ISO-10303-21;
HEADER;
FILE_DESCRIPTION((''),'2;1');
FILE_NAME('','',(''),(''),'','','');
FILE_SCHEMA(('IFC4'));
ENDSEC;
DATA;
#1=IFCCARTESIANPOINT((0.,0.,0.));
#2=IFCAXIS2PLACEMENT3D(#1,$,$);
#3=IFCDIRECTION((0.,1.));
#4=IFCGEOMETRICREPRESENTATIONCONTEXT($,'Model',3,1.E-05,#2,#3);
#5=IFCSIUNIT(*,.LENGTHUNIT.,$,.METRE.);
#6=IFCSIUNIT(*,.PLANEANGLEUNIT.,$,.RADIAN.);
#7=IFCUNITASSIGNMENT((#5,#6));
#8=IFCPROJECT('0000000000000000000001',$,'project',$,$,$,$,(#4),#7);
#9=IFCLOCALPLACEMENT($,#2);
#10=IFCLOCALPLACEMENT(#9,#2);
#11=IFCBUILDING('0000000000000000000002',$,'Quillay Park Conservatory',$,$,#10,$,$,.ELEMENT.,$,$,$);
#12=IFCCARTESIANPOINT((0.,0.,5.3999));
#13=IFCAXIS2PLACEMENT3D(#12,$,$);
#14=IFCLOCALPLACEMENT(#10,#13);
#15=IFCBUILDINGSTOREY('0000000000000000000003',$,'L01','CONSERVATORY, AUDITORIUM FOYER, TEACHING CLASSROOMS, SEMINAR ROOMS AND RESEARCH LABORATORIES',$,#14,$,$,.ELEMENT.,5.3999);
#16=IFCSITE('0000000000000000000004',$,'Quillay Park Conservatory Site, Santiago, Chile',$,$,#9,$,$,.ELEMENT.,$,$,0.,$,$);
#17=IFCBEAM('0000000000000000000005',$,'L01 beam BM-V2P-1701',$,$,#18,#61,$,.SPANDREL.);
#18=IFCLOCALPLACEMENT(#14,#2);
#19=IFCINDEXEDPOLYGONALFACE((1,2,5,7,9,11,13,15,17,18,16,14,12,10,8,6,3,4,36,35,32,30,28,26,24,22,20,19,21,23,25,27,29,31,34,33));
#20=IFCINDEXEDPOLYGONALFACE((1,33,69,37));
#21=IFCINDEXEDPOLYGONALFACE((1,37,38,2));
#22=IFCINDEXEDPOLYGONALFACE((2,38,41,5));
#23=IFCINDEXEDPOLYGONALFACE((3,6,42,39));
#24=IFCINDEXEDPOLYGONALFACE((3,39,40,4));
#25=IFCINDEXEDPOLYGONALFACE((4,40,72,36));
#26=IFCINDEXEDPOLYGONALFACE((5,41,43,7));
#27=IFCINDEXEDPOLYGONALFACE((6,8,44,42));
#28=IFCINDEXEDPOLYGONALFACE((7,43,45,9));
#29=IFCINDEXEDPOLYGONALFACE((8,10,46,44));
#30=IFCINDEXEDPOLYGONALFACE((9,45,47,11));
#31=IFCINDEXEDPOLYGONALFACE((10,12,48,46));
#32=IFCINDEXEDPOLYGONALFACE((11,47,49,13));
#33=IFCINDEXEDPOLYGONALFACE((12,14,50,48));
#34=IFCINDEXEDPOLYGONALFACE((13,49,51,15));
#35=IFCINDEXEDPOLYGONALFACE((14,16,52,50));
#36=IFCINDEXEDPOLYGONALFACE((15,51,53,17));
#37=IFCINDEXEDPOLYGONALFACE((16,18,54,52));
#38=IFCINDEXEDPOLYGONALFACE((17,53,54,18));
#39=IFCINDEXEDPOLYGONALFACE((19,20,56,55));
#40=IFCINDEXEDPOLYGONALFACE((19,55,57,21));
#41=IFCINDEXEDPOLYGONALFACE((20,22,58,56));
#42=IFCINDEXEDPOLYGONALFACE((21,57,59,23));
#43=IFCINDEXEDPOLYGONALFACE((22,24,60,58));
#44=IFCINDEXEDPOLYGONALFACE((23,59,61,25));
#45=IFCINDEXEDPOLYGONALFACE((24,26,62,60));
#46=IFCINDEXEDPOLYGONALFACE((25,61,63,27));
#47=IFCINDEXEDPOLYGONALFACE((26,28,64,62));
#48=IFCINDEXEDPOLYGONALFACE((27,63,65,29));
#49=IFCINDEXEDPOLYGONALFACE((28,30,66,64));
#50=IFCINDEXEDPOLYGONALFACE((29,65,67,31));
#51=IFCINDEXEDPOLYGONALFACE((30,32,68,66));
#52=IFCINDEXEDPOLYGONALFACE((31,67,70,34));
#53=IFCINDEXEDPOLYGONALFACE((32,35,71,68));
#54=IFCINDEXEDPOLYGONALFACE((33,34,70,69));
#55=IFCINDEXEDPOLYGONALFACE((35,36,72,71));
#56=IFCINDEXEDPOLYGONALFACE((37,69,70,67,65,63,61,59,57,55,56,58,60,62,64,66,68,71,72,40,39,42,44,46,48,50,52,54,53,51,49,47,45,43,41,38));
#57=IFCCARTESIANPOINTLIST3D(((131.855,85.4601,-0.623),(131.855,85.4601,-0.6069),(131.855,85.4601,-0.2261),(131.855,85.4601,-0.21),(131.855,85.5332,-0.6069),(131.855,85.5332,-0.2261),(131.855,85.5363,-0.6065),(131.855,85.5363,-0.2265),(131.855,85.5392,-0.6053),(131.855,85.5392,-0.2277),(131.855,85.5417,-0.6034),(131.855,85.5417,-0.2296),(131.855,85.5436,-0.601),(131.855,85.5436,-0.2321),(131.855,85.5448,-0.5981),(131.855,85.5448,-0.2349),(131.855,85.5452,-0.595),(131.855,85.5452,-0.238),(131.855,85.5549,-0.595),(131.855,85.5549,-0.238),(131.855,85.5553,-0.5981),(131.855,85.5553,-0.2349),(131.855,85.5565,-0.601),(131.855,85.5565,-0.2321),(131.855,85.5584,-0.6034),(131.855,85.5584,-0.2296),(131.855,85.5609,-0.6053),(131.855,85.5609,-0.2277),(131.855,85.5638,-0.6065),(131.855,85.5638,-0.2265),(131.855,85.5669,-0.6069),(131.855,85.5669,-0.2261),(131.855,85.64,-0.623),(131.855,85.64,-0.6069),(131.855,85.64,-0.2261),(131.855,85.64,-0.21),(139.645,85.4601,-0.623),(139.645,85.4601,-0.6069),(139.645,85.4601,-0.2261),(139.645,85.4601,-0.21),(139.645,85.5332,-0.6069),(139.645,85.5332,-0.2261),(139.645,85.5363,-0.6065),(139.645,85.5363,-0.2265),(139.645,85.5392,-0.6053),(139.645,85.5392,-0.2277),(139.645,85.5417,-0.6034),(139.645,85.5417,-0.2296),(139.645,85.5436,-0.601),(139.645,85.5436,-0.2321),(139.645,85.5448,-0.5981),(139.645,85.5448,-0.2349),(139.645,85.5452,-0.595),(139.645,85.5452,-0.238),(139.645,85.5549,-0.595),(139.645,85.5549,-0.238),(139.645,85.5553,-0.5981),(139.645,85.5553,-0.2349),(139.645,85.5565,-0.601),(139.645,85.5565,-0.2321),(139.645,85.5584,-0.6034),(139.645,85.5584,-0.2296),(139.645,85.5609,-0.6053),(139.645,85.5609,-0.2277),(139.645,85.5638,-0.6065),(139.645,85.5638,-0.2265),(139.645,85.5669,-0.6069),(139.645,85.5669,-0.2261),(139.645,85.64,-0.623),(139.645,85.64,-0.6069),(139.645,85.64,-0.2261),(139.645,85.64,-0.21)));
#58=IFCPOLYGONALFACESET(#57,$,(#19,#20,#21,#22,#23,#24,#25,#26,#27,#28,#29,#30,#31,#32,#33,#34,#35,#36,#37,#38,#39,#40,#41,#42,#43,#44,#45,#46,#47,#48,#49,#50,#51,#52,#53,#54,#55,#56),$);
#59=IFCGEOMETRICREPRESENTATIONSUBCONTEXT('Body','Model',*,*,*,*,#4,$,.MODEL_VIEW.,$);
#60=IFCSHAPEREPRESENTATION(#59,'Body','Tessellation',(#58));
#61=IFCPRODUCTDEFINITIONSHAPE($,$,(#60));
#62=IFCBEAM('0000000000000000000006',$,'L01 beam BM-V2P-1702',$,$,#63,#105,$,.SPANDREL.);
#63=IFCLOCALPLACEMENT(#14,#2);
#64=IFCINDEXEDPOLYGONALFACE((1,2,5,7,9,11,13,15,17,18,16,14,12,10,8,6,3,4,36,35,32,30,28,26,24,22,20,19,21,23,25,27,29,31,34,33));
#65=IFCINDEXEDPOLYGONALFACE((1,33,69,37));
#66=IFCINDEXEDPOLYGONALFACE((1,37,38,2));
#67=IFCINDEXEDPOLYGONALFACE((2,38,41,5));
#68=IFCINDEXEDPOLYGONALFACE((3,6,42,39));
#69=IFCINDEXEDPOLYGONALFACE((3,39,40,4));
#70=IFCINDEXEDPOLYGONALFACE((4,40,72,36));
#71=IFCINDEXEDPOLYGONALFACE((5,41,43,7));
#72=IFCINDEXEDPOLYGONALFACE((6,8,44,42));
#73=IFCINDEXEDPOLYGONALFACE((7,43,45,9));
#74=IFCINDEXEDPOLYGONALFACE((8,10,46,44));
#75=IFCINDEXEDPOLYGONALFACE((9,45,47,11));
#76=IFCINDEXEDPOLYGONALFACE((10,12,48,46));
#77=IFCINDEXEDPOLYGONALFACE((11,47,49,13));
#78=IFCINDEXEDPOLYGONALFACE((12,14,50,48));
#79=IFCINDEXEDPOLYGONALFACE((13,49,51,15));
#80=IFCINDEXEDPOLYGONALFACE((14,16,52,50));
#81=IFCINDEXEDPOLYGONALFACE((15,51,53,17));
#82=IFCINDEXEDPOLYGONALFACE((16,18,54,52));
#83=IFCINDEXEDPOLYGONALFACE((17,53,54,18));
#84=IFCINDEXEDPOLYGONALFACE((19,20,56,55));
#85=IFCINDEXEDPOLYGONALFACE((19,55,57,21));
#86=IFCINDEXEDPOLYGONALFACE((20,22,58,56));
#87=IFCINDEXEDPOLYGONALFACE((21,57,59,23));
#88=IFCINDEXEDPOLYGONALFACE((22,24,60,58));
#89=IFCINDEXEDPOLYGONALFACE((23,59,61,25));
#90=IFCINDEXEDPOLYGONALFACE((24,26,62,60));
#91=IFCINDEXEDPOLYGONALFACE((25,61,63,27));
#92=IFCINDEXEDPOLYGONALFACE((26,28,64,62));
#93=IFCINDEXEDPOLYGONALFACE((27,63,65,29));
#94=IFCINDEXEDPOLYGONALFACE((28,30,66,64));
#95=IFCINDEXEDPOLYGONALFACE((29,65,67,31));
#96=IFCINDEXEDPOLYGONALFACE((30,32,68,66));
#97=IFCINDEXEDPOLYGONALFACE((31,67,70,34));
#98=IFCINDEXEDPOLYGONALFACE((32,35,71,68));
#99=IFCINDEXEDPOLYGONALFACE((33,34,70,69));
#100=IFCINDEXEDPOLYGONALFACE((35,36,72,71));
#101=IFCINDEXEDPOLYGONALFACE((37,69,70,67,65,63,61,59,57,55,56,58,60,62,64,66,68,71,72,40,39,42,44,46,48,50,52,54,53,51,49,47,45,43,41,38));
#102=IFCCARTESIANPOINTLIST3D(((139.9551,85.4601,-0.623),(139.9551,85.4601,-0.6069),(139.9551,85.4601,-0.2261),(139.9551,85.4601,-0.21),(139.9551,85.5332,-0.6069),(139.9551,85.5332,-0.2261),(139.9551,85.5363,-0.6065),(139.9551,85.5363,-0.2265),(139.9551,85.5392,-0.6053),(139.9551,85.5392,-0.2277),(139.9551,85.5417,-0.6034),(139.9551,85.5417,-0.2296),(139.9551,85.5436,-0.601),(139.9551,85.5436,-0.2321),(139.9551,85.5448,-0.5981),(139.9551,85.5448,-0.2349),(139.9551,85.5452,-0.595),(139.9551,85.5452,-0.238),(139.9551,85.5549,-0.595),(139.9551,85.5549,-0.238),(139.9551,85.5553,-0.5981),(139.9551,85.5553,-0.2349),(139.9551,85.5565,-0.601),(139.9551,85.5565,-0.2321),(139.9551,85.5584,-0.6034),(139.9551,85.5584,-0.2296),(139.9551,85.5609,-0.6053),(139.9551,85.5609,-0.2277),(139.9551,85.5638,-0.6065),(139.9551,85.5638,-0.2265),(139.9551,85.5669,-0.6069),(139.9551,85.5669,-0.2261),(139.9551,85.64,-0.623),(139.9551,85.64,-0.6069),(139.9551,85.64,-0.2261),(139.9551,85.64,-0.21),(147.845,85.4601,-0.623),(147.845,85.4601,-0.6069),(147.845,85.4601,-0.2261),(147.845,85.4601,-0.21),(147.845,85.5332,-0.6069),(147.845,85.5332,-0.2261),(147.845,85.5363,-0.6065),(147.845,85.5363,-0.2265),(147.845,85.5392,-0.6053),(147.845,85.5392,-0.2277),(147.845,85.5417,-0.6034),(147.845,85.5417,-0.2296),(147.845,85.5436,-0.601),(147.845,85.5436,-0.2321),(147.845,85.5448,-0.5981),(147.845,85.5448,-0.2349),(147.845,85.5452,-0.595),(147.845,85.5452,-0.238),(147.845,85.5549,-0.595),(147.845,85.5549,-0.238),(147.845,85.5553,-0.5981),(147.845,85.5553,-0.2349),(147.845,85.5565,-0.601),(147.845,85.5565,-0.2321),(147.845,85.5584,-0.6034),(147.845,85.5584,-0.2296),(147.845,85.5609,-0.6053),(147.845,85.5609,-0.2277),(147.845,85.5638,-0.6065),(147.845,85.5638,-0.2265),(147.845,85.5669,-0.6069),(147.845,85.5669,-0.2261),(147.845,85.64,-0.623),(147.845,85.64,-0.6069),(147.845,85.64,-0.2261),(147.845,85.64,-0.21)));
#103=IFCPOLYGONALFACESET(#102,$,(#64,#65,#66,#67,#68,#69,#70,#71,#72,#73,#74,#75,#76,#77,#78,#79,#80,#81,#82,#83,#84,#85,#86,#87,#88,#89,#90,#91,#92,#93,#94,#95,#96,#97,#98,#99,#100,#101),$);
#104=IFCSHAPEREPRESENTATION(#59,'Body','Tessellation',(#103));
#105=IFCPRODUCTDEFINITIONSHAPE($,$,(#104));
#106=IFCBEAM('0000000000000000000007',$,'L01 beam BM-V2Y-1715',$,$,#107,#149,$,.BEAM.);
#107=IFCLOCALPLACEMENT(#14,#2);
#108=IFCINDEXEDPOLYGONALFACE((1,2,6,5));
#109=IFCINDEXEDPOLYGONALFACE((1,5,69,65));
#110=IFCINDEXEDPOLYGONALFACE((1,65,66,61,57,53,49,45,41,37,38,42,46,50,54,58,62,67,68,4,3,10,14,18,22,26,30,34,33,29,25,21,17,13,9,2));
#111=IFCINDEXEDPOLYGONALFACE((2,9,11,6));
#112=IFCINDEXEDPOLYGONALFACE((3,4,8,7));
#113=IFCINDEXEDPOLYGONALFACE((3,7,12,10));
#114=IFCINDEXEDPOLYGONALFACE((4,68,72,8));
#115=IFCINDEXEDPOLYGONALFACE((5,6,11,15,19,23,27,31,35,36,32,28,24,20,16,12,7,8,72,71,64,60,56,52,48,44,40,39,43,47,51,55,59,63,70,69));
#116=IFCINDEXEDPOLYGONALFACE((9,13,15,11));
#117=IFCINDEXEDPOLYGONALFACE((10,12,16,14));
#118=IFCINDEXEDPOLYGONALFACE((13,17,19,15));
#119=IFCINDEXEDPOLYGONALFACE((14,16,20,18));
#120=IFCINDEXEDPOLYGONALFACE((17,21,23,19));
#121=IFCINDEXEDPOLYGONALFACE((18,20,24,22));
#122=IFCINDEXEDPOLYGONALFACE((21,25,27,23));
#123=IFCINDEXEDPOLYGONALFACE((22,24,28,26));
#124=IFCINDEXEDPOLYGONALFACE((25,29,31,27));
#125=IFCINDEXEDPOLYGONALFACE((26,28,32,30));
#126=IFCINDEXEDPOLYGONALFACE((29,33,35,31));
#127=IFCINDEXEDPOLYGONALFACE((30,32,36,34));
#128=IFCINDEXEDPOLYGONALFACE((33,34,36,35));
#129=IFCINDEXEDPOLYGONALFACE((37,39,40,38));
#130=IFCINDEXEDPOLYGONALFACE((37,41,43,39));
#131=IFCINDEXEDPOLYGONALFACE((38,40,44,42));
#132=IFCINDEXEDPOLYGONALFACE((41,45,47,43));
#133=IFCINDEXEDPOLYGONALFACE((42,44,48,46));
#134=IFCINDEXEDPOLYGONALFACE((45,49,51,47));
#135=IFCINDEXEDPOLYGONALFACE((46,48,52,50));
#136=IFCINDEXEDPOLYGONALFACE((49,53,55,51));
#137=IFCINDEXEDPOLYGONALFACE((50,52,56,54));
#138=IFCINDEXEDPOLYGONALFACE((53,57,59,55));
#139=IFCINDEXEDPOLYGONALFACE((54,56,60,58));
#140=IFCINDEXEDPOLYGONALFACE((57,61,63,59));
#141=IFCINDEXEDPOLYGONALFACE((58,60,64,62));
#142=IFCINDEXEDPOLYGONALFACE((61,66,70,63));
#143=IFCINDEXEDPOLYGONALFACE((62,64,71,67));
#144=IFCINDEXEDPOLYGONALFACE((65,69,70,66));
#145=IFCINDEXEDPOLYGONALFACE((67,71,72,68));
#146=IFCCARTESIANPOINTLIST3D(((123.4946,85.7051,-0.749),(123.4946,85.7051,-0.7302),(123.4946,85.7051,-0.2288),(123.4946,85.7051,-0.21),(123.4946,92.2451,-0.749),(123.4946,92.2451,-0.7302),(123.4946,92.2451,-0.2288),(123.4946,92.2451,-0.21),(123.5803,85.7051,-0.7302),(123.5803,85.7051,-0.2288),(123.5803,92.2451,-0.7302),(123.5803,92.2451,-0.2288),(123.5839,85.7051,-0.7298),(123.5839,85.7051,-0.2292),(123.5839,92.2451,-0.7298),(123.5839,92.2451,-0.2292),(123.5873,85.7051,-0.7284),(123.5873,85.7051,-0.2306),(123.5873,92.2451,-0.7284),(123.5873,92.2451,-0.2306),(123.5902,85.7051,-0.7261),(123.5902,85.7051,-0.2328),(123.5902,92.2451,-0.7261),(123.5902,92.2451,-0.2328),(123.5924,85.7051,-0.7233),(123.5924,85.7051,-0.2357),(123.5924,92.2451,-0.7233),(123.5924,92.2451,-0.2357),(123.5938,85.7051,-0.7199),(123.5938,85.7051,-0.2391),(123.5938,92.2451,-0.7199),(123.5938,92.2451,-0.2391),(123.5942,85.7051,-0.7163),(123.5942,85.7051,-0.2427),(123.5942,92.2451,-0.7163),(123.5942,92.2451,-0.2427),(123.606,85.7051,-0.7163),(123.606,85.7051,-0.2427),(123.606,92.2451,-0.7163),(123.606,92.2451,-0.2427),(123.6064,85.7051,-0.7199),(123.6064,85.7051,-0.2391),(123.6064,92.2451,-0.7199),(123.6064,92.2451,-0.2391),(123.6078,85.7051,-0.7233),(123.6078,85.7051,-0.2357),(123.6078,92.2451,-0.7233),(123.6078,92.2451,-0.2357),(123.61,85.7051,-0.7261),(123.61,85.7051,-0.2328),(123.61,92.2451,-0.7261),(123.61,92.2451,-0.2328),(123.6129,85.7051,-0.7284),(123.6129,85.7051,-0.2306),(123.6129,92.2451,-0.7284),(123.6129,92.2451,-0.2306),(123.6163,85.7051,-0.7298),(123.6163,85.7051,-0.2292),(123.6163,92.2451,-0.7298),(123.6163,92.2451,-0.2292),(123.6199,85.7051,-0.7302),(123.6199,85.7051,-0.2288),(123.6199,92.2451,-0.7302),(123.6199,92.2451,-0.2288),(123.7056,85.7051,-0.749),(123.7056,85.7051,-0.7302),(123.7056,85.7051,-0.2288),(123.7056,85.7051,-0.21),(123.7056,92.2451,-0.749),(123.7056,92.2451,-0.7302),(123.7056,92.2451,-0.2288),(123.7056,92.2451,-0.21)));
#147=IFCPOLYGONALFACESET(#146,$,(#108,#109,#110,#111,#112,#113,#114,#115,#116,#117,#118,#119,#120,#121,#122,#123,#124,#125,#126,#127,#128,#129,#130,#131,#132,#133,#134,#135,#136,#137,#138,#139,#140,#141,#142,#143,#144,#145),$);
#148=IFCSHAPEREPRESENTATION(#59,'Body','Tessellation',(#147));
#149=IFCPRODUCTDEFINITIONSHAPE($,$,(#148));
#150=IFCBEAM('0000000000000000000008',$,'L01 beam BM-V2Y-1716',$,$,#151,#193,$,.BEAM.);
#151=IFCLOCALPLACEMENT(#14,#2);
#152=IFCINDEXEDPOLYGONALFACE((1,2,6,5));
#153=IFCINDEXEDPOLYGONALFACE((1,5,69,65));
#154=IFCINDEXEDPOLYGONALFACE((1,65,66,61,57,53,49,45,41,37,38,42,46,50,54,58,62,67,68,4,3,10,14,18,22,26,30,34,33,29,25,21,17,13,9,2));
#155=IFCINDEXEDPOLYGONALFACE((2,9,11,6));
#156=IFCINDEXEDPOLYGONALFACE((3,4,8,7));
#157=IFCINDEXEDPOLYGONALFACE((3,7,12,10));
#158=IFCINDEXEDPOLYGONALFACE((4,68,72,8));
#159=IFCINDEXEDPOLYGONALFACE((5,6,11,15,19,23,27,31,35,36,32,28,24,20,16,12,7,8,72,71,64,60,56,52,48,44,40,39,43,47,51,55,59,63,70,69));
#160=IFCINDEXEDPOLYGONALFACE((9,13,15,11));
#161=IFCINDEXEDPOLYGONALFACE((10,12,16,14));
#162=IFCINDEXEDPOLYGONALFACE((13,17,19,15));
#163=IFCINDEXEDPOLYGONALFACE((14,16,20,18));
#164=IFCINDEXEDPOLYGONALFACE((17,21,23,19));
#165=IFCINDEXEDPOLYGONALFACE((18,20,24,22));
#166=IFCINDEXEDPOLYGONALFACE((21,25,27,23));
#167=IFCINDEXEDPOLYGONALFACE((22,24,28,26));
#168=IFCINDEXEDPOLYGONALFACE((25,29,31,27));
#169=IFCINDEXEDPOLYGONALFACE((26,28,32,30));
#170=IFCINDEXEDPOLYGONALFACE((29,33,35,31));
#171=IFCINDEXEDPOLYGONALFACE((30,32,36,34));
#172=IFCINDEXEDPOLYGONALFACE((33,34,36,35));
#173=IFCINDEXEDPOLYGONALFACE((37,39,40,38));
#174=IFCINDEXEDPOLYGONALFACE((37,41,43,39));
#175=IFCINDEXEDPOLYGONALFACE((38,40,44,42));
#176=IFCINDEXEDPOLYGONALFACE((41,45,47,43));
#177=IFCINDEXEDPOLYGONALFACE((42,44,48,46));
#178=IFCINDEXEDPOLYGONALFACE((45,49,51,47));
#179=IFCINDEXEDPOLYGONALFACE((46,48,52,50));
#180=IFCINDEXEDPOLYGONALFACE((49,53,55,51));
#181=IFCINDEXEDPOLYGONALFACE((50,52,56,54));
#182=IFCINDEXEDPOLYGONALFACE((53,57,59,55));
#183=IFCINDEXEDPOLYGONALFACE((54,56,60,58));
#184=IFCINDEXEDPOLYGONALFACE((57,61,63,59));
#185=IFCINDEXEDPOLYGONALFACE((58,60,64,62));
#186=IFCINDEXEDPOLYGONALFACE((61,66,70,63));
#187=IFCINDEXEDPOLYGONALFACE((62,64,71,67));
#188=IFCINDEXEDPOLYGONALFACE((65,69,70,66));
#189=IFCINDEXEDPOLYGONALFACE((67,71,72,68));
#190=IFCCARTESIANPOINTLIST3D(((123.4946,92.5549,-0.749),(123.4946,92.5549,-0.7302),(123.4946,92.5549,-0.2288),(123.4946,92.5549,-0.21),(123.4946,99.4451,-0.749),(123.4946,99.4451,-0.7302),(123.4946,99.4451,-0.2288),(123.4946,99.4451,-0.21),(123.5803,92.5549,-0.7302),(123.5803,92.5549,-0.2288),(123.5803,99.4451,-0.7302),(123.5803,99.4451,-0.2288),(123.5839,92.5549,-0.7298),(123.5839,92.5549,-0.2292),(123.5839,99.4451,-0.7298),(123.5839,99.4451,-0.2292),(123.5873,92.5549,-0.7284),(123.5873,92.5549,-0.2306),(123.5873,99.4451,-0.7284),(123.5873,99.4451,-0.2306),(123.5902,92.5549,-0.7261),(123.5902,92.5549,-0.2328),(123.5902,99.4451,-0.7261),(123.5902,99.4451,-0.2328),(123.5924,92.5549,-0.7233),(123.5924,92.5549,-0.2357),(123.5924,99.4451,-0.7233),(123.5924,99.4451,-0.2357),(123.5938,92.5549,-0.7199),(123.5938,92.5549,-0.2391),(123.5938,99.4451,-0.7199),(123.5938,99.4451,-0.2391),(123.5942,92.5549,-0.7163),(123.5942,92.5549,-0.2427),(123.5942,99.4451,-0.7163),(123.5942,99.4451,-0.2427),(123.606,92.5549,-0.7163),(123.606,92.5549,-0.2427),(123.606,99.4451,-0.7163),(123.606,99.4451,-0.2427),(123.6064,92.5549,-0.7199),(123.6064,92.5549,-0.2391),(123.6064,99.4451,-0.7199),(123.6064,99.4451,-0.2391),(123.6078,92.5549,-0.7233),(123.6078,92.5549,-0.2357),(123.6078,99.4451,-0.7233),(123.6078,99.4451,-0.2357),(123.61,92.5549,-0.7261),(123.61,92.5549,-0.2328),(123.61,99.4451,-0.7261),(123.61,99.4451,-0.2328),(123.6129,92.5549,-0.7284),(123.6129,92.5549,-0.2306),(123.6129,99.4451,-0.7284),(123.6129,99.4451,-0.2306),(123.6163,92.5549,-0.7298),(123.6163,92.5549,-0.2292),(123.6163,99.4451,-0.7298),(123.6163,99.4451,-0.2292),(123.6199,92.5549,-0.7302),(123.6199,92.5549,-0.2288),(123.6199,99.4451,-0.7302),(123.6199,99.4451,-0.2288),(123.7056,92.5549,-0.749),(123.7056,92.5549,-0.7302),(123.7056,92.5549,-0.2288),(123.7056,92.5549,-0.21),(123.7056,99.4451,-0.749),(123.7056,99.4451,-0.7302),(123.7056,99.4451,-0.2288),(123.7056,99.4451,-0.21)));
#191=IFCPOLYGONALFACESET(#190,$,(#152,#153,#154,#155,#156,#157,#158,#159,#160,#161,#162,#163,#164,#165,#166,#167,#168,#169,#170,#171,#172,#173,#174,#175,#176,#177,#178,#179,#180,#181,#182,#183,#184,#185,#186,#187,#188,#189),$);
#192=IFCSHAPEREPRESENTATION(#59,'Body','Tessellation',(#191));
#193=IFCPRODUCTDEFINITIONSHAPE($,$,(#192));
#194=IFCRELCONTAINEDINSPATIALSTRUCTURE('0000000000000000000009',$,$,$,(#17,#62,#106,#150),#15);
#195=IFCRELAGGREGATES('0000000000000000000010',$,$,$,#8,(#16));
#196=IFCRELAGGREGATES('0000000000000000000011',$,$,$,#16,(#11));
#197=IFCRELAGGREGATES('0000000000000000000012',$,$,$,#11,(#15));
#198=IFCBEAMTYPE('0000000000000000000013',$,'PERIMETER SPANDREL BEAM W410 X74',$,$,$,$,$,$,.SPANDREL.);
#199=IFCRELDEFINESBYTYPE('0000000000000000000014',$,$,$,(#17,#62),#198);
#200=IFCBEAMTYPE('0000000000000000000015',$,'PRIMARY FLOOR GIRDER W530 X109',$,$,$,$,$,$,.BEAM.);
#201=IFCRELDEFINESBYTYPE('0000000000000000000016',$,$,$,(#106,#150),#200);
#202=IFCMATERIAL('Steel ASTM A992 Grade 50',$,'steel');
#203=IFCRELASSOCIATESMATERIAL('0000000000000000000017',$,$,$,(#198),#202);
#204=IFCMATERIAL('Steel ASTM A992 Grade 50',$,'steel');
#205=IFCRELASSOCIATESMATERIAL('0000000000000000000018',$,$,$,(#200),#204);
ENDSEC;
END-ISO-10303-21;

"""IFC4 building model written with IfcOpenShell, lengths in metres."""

from ifc_helpers import new_model, si_unit, direction, frame, origin, origin_2d, place, context, subcontext, project, spatial, i_section, extrude, material, material_profile, profile_set, type_object, element, save


model = new_model("IFC4")

# Units and contexts
model_context = context("Model", 3, precision=1e-05, world=origin(), true_north=direction((0.0, 1.0)))
body_context = subcontext(model_context, "Body", "Model", "MODEL_VIEW")
ifc_project = project(units=[si_unit("LENGTHUNIT", "METRE"), si_unit("PLANEANGLEUNIT", "RADIAN")], contexts=[model_context])

# Site, building, storey
site_placement = place(None, origin())
site = spatial("IfcSite", under=ifc_project, at=site_placement, Name="Quillay Park Conservatory Site, Santiago, Chile", CompositionType="ELEMENT", RefElevation=0.0)
building_placement = place(site_placement, origin())
building = spatial("IfcBuilding", under=site, at=building_placement, Name="Quillay Park Conservatory", CompositionType="ELEMENT")
storey_placement = place(building_placement, frame((0.0, 0.0, 5.3999)))
storey = spatial("IfcBuildingStorey", under=building, at=storey_placement, Name="L01", Description="CONSERVATORY, AUDITORIUM FOYER, TEACHING CLASSROOMS, SEMINAR ROOMS AND RESEARCH LABORATORIES", CompositionType="ELEMENT", Elevation=5.3999)

# Beams
ifc_material_1 = material(Name="Steel ASTM A992 Grade 50", Category="steel")
ifc_material_profile_1 = material_profile(ifc_material_1, i_section(OverallWidth=0.1799, OverallDepth=0.4131, WebThickness=0.0098, FlangeThickness=0.0161, FilletRadius=0.012, at=origin_2d()), Name="W410x74")
ifc_profile_set_1 = profile_set([ifc_material_profile_1], Name="Steel ASTM A992 Grade 50")
beam_type_1 = type_object("IfcBeamType", Name="PERIMETER SPANDREL BEAM W410 X74", PredefinedType="SPANDREL", material=ifc_profile_set_1)
for number, where, z_axis, x_axis, name in (
    (1, (131.855, 85.55, -0.4165), (1.0, 0.0, 0.0), (0.0, 1.0, 0.0), "L01 beam BM-V2P-1701"),
):
    element("IfcBeam", number, at=place(storey_placement, frame(where, z_axis=z_axis, x_axis=x_axis)), inside=storey, type_object=beam_type_1, Name=name, PredefinedType="SPANDREL", context=body_context, shape_type="SweptSolid", body=[
        extrude(i_section(OverallWidth=0.1799, OverallDepth=0.4131, WebThickness=0.0098, FlangeThickness=0.0161, FilletRadius=0.012, at=origin_2d()), origin(), (0.0, 0.0, 1.0), 7.79),
    ])
beam_1_placement = place(storey_placement, frame((139.9551, 85.55, -0.4165), z_axis=(1.0, 0.0, 0.0), x_axis=(0.0, 1.0, 0.0)))
element("IfcBeam", 2, at=beam_1_placement, inside=storey, type_object=beam_type_1, Name="L01 beam BM-V2P-1702", PredefinedType="SPANDREL", context=body_context, shape_type="SweptSolid", body=[
    extrude(i_section(OverallWidth=0.1799, OverallDepth=0.4131, WebThickness=0.0098, FlangeThickness=0.0161, FilletRadius=0.012, at=origin_2d()), origin(), (0.0, 0.0, 1.0), 7.8899),
])
ifc_material_2 = material(Name="Steel ASTM A992 Grade 50", Category="steel")
ifc_material_profile_2 = material_profile(ifc_material_2, i_section(OverallWidth=0.2109, OverallDepth=0.5391, WebThickness=0.0117, FlangeThickness=0.0188, FilletRadius=0.0139, at=origin_2d()), Name="W530x109")
ifc_profile_set_2 = profile_set([ifc_material_profile_2], Name="Steel ASTM A992 Grade 50")
beam_type_2 = type_object("IfcBeamType", Name="PRIMARY FLOOR GIRDER W530 X109", PredefinedType="BEAM", material=ifc_profile_set_2)
beam_2_placement = place(storey_placement, frame((123.6001, 85.7051, -0.4795), z_axis=(0.0, 1.0, 0.0), x_axis=(-1.0, 0.0, 0.0)))
element("IfcBeam", 3, at=beam_2_placement, inside=storey, type_object=beam_type_2, Name="L01 beam BM-V2Y-1715", PredefinedType="BEAM", context=body_context, shape_type="SweptSolid", body=[
    extrude(i_section(OverallWidth=0.2109, OverallDepth=0.5391, WebThickness=0.0117, FlangeThickness=0.0188, FilletRadius=0.0139, at=origin_2d()), origin(), (0.0, 0.0, 1.0), 6.54),
])
for number, where, z_axis, x_axis, name in (
    (4, (123.6001, 92.5549, -0.4795), (0.0, 1.0, 0.0), (-1.0, 0.0, 0.0), "L01 beam BM-V2Y-1716"),
):
    element("IfcBeam", number, at=place(storey_placement, frame(where, z_axis=z_axis, x_axis=x_axis)), inside=storey, type_object=beam_type_2, Name=name, PredefinedType="BEAM", context=body_context, shape_type="SweptSolid", body=[
        extrude(i_section(OverallWidth=0.2109, OverallDepth=0.5391, WebThickness=0.0117, FlangeThickness=0.0188, FilletRadius=0.0139, at=origin_2d()), origin(), (0.0, 0.0, 1.0), 6.8901),
    ])

save(model, "model.ifc")
